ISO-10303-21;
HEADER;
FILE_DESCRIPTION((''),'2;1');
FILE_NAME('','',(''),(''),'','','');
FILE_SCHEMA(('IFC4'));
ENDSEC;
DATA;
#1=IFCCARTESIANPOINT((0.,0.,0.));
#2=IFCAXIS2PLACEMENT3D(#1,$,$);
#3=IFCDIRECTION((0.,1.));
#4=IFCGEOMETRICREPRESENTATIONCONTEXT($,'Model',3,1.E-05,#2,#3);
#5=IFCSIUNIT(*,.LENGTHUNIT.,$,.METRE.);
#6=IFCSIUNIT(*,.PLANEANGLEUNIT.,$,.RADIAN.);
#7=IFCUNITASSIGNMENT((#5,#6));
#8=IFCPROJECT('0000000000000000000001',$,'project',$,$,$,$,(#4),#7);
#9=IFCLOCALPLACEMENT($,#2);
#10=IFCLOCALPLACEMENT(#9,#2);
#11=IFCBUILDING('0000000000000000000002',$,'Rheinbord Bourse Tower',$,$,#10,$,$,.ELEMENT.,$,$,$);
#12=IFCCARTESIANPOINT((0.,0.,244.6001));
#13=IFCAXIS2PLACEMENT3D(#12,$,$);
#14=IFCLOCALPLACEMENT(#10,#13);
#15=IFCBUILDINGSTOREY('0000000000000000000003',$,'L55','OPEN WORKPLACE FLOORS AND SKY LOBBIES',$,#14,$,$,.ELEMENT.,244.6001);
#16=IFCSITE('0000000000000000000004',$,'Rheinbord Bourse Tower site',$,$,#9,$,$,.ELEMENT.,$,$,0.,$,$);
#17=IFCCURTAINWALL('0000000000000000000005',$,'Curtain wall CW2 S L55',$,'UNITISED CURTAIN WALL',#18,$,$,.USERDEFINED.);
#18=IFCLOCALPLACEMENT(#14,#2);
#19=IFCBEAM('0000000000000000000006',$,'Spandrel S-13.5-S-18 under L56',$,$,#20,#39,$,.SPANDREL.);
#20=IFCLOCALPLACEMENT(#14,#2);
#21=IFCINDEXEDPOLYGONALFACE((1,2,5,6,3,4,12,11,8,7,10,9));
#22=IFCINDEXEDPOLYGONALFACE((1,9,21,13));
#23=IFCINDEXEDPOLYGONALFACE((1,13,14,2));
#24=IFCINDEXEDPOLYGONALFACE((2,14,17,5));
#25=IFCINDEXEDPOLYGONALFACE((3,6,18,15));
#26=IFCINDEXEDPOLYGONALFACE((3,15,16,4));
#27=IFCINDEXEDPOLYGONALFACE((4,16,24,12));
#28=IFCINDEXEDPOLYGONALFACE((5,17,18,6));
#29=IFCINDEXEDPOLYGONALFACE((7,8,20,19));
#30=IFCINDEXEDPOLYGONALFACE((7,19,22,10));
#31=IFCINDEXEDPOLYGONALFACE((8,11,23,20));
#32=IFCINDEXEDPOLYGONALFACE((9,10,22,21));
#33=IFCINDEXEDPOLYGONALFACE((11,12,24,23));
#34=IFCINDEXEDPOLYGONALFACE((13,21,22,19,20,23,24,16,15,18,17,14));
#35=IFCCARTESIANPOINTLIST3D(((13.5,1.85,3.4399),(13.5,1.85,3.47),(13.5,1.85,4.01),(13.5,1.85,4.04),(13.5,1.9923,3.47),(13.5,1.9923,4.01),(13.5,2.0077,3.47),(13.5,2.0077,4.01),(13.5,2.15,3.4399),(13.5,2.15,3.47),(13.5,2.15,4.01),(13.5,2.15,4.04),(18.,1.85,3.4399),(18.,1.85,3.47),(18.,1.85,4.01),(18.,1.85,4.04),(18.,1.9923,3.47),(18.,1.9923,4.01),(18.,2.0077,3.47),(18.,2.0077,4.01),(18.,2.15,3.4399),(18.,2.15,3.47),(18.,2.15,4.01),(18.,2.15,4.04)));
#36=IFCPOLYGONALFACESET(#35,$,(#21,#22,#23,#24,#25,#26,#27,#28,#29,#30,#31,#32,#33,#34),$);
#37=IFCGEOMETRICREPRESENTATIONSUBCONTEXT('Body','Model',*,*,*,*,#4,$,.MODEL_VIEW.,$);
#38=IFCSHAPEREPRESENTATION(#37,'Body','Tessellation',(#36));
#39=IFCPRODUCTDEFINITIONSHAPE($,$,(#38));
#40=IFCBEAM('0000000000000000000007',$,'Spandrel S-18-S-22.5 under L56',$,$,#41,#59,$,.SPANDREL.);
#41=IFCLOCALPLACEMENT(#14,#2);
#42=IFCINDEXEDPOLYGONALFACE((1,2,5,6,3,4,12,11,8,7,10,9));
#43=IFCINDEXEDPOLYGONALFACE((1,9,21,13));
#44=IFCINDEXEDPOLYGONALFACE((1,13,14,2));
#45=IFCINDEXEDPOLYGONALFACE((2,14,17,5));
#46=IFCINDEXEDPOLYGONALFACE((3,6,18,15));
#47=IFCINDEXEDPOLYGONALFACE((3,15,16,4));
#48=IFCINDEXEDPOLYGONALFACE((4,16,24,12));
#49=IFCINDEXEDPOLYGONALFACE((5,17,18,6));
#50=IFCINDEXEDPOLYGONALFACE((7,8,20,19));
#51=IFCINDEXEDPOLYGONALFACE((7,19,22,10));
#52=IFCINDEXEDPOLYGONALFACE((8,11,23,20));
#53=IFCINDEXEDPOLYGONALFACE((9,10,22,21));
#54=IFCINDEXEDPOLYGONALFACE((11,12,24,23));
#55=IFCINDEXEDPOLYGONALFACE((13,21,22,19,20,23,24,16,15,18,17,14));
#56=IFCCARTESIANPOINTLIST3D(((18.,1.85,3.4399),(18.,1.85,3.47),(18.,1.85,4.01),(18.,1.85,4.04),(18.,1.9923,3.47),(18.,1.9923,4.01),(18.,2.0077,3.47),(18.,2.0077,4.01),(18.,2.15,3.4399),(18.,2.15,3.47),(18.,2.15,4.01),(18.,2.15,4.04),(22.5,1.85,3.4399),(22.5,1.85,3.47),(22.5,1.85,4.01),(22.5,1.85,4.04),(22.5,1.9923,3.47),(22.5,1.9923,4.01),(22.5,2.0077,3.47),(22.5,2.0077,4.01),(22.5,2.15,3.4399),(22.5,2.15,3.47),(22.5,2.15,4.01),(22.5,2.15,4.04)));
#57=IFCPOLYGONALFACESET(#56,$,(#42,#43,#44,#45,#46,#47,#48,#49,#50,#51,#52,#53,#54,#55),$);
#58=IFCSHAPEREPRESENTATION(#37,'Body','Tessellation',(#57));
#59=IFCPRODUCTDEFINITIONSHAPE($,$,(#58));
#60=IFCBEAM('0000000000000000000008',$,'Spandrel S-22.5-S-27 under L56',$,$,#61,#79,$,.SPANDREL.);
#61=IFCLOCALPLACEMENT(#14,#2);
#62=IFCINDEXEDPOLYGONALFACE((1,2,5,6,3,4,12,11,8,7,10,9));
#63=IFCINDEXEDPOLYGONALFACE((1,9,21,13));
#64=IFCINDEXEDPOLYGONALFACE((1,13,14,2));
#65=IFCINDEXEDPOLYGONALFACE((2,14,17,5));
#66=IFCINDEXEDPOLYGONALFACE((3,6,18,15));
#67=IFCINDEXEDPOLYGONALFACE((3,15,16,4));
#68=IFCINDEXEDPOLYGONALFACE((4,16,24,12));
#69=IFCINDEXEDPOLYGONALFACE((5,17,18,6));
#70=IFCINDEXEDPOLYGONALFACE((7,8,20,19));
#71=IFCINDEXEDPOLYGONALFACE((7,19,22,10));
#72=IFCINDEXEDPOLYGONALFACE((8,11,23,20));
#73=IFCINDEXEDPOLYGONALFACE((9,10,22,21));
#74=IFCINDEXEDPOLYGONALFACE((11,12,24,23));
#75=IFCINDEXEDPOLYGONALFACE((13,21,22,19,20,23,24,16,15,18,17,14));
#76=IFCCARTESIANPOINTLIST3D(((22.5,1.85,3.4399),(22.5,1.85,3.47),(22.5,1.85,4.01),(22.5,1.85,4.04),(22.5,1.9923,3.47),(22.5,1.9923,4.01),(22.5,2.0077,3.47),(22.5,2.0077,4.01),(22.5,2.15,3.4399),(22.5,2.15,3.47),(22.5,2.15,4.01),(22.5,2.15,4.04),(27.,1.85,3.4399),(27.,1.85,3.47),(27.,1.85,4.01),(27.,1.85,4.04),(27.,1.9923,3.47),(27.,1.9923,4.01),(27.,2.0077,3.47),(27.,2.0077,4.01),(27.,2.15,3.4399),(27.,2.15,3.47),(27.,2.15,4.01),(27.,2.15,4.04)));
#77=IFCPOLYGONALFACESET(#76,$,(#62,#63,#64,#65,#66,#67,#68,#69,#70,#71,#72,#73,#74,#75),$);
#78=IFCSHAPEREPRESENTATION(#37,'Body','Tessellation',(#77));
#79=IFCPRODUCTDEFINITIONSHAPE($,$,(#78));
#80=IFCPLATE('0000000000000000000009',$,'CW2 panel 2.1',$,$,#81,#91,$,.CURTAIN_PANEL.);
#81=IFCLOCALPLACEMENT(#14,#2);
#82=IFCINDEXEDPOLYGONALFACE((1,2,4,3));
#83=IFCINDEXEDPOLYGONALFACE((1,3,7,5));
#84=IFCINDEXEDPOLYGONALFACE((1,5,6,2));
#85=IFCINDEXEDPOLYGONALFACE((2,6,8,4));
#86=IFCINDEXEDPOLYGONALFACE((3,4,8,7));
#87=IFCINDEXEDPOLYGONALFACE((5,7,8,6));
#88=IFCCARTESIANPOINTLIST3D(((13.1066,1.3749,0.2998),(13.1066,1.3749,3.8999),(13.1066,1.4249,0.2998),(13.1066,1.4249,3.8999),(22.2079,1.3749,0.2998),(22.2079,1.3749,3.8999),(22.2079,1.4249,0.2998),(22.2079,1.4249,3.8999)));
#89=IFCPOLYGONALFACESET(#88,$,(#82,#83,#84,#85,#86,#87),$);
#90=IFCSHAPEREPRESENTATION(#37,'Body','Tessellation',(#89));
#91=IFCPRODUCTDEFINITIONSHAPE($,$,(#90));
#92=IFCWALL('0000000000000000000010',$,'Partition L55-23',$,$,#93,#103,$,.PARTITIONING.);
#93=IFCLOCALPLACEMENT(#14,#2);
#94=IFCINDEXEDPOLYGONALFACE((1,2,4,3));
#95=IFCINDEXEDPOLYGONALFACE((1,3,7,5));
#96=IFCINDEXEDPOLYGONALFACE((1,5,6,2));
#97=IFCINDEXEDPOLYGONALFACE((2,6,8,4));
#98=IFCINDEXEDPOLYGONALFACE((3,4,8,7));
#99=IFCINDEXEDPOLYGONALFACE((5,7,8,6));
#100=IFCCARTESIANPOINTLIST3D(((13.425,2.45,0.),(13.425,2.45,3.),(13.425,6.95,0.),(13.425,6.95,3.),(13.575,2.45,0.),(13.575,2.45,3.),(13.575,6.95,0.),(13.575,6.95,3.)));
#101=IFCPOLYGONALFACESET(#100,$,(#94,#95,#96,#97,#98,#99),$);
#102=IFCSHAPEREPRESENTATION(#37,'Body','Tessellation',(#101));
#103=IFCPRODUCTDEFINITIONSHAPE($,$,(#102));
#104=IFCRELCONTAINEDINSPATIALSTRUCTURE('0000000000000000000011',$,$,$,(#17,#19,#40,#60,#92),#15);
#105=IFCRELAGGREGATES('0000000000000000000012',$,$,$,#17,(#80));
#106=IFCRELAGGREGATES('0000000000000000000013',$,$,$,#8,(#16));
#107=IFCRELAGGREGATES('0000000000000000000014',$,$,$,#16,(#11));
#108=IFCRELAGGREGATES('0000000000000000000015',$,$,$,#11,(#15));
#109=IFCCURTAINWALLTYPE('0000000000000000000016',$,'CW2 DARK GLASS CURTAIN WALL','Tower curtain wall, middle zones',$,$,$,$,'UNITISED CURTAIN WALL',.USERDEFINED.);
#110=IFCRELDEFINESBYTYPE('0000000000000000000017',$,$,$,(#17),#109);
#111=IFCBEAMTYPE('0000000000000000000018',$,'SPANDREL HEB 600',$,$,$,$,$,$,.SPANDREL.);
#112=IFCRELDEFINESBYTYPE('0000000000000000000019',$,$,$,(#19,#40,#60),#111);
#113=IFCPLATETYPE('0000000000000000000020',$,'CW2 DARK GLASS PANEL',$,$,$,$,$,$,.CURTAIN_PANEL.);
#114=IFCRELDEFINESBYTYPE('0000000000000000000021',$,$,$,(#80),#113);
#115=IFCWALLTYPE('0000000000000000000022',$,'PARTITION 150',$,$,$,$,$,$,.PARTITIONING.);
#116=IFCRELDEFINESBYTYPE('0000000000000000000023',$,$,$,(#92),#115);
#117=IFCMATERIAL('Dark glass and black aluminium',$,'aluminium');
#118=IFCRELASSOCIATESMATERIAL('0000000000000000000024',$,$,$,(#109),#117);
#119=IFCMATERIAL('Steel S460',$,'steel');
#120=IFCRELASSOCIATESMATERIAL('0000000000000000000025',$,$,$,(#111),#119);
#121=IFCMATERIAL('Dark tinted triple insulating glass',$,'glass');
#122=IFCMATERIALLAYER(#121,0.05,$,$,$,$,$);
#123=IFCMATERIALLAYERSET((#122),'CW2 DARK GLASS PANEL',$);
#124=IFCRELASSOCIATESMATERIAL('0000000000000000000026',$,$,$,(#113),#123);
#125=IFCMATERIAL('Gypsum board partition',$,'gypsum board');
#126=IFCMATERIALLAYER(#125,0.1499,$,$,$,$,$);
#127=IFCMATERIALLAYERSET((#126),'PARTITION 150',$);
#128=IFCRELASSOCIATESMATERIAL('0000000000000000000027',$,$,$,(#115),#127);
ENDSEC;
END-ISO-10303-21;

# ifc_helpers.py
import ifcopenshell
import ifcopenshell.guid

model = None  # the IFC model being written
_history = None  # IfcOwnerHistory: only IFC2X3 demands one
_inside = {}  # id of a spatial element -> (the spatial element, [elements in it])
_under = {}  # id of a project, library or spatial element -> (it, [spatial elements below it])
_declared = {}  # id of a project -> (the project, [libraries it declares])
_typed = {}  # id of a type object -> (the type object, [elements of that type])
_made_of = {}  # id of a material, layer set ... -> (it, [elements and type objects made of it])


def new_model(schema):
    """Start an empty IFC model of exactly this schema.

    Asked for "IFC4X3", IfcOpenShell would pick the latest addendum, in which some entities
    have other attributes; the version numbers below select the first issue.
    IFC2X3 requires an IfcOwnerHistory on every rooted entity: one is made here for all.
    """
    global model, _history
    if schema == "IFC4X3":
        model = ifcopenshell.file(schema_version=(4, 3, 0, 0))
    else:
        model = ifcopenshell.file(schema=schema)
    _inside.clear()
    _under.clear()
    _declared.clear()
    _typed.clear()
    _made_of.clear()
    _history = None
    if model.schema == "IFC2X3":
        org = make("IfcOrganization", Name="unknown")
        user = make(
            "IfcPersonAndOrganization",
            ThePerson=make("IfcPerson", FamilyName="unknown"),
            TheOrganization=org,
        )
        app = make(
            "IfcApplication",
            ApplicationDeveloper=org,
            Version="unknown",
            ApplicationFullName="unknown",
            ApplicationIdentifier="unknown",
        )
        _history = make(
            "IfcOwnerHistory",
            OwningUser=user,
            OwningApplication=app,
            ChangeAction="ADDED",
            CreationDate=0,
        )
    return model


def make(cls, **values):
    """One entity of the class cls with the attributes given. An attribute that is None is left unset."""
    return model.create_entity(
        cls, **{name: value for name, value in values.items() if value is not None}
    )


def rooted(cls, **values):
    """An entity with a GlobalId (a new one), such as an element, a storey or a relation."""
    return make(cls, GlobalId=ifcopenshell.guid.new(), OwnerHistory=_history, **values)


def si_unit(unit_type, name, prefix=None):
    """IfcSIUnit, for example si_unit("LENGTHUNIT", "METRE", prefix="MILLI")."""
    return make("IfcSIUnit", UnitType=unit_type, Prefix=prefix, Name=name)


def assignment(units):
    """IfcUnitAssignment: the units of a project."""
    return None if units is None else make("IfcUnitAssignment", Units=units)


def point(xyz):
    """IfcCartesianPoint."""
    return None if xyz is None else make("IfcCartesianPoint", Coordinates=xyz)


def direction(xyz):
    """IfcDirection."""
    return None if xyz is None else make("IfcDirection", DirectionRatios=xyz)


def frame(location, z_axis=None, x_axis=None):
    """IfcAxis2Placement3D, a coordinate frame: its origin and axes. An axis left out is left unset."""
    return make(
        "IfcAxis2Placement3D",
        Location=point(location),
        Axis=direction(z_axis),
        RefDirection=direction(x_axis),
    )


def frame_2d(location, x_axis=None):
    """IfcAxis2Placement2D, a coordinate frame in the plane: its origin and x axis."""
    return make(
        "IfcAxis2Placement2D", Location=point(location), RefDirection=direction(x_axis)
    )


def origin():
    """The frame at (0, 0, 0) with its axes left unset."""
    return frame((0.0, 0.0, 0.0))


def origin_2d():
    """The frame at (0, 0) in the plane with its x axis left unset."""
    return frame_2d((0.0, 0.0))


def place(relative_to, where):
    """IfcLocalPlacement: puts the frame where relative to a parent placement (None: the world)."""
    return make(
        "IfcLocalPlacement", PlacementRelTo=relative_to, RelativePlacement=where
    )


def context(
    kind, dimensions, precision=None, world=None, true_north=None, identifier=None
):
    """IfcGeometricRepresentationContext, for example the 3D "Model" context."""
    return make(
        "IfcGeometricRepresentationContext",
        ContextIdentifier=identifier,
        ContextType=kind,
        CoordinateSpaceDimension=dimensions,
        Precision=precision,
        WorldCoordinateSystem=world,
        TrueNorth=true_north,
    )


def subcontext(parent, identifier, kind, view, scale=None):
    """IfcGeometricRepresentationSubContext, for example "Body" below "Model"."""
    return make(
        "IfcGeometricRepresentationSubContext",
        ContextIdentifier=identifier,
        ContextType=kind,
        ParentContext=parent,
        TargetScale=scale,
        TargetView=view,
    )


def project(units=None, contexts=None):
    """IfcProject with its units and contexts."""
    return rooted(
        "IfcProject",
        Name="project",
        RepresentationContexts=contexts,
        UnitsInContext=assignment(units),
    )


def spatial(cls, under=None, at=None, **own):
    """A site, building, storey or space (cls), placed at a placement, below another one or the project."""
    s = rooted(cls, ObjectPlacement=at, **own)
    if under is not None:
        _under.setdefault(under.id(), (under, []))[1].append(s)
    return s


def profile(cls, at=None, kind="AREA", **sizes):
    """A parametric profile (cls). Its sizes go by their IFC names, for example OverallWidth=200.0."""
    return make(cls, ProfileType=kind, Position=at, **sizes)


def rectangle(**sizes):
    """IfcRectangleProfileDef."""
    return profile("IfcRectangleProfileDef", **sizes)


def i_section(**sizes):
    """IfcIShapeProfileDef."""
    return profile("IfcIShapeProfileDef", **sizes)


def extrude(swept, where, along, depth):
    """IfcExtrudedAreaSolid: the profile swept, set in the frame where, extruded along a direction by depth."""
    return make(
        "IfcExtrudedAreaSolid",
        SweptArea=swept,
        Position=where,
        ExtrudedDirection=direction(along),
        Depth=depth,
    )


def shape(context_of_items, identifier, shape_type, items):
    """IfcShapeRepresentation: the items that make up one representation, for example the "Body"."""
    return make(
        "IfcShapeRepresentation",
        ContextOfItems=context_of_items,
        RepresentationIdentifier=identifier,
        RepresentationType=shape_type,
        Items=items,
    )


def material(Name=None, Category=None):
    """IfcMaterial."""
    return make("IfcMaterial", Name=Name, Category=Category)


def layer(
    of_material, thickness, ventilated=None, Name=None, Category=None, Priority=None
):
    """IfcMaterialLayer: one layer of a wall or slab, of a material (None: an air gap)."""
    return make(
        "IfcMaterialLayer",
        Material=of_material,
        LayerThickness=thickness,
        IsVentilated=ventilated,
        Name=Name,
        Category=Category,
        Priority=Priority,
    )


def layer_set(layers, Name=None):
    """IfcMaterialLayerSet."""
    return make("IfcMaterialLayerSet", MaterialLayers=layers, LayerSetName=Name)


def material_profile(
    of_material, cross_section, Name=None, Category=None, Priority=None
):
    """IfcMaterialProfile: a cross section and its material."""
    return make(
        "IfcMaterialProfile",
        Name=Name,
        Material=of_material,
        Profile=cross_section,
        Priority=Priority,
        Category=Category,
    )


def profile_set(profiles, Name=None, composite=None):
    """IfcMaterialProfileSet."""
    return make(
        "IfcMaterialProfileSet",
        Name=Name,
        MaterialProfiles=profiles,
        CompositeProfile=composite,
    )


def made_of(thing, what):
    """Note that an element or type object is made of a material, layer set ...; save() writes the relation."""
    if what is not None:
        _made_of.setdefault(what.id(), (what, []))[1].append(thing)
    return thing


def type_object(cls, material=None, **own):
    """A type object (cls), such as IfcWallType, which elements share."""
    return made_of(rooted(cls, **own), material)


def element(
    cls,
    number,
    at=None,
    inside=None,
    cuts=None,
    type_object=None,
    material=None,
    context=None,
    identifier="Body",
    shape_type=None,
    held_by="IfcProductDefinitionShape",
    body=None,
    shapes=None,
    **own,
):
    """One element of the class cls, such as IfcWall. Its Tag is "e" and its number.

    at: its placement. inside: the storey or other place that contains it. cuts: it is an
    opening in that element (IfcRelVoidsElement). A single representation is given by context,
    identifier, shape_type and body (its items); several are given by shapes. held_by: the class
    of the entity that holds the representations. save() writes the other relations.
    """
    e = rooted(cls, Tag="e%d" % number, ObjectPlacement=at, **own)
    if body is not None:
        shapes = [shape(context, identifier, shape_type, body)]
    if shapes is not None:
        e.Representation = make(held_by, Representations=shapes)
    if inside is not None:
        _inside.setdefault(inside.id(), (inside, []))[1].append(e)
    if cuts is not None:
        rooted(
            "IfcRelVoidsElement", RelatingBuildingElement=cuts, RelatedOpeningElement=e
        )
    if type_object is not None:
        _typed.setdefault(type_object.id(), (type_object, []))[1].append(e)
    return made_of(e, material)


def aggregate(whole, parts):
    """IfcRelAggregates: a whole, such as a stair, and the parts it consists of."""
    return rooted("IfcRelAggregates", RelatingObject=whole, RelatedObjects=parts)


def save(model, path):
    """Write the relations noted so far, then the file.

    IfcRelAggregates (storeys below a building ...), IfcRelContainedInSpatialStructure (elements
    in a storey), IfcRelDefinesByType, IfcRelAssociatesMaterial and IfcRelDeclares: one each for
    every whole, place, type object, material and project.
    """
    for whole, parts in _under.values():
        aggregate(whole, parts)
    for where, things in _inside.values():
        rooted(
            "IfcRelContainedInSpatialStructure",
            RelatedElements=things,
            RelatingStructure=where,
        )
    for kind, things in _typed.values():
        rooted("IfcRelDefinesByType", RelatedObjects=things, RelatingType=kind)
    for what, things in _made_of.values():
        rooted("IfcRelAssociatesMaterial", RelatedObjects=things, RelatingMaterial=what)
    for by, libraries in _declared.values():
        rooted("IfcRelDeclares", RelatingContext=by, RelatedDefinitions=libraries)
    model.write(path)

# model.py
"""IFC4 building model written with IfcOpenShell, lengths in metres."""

from ifc_helpers import new_model, si_unit, direction, frame, frame_2d, origin, origin_2d, place, context, subcontext, project, spatial, rectangle, i_section, extrude, material, layer, layer_set, material_profile, profile_set, type_object, element, aggregate, save


model = new_model("IFC4")

# Units and contexts
model_context = context("Model", 3, precision=1e-05, world=origin(), true_north=direction((0.0, 1.0)))
body_context = subcontext(model_context, "Body", "Model", "MODEL_VIEW")
ifc_project = project(units=[si_unit("LENGTHUNIT", "METRE"), si_unit("PLANEANGLEUNIT", "RADIAN")], contexts=[model_context])

# Site, building, storey
site_placement = place(None, origin())
site = spatial("IfcSite", under=ifc_project, at=site_placement, Name="Rheinbord Bourse Tower site", CompositionType="ELEMENT", RefElevation=0.0)
building_placement = place(site_placement, origin())
building = spatial("IfcBuilding", under=site, at=building_placement, Name="Rheinbord Bourse Tower", CompositionType="ELEMENT")
storey_placement = place(building_placement, frame((0.0, 0.0, 244.6001)))
storey = spatial("IfcBuildingStorey", under=building, at=storey_placement, Name="L55", Description="OPEN WORKPLACE FLOORS AND SKY LOBBIES", CompositionType="ELEMENT", Elevation=244.6001)

# Curtain wall
ifc_material_1 = material(Name="Dark glass and black aluminium", Category="aluminium")
curtain_wall_type = type_object("IfcCurtainWallType", Name="CW2 DARK GLASS CURTAIN WALL", Description="Tower curtain wall, middle zones", ElementType="UNITISED CURTAIN WALL", PredefinedType="USERDEFINED", material=ifc_material_1)
curtain_wall_placement = place(storey_placement, origin())
curtain_wall = element("IfcCurtainWall", 1, at=curtain_wall_placement, inside=storey, type_object=curtain_wall_type, Name="Curtain wall CW2 S L55", ObjectType="UNITISED CURTAIN WALL", PredefinedType="USERDEFINED")

# Beams
ifc_material_2 = material(Name="Steel S460", Category="steel")
ifc_material_profile_1 = material_profile(ifc_material_2, i_section(OverallWidth=0.3, OverallDepth=0.6001, WebThickness=0.0154, FlangeThickness=0.03, at=origin_2d()), Name="HEB 600")
ifc_profile_set_1 = profile_set([ifc_material_profile_1], Name="Steel S460")
beam_type_1 = type_object("IfcBeamType", Name="SPANDREL HEB 600", PredefinedType="SPANDREL", material=ifc_profile_set_1)
for number, where, z_axis, x_axis, name in (
    (2, (13.5, 2.0, 3.74), (1.0, 0.0, 0.0), (0.0, 1.0, 0.0), "Spandrel S-13.5-S-18 under L56"),
    (3, (18.0, 2.0, 3.74), (1.0, 0.0, 0.0), (0.0, 1.0, 0.0), "Spandrel S-18-S-22.5 under L56"),
    (4, (22.5, 2.0, 3.74), (1.0, 0.0, 0.0), (0.0, 1.0, 0.0), "Spandrel S-22.5-S-27 under L56"),
):
    element("IfcBeam", number, at=place(storey_placement, frame(where, z_axis=z_axis, x_axis=x_axis)), inside=storey, type_object=beam_type_1, Name=name, PredefinedType="SPANDREL", context=body_context, shape_type="SweptSolid", body=[
        extrude(i_section(OverallWidth=0.3, OverallDepth=0.6001, WebThickness=0.0154, FlangeThickness=0.03, at=origin_2d()), origin(), (0.0, 0.0, 1.0), 4.5),
    ])

# Plate
ifc_material_3 = material(Name="Dark tinted triple insulating glass", Category="glass")
ifc_layer_1 = layer(ifc_material_3, 0.05)
ifc_layer_set_1 = layer_set([ifc_layer_1], Name="CW2 DARK GLASS PANEL")
plate_type = type_object("IfcPlateType", Name="CW2 DARK GLASS PANEL", PredefinedType="CURTAIN_PANEL", material=ifc_layer_set_1)
plate_placement = place(storey_placement, frame((17.6572, 1.3999, 0.2998), z_axis=(0.0, 0.0, 1.0), x_axis=(1.0, 0.0, 0.0)))
plate = element("IfcPlate", 5, at=plate_placement, type_object=plate_type, Name="CW2 panel 2.1", PredefinedType="CURTAIN_PANEL", context=body_context, shape_type="SweptSolid", body=[
    extrude(rectangle(XDim=9.1013, YDim=0.05, at=origin_2d()), origin(), (0.0, 0.0, 1.0), 3.6001),
])
aggregate(curtain_wall, [plate])

# Wall
ifc_material_4 = material(Name="Gypsum board partition", Category="gypsum board")
ifc_layer_2 = layer(ifc_material_4, 0.1499)
ifc_layer_set_2 = layer_set([ifc_layer_2], Name="PARTITION 150")
wall_type = type_object("IfcWallType", Name="PARTITION 150", PredefinedType="PARTITIONING", material=ifc_layer_set_2)
wall_placement = place(storey_placement, frame((13.5, 2.45, 0.0), z_axis=(0.0, 0.0, 1.0), x_axis=(0.0, 1.0, 0.0)))
element("IfcWall", 6, at=wall_placement, inside=storey, type_object=wall_type, Name="Partition L55-23", PredefinedType="PARTITIONING", context=body_context, shape_type="SweptSolid", body=[
    extrude(rectangle(XDim=4.5, YDim=0.1499, at=frame_2d((2.25, 0.0))), origin(), (0.0, 0.0, 1.0), 3.0),
])

save(model, "model.ifc")
